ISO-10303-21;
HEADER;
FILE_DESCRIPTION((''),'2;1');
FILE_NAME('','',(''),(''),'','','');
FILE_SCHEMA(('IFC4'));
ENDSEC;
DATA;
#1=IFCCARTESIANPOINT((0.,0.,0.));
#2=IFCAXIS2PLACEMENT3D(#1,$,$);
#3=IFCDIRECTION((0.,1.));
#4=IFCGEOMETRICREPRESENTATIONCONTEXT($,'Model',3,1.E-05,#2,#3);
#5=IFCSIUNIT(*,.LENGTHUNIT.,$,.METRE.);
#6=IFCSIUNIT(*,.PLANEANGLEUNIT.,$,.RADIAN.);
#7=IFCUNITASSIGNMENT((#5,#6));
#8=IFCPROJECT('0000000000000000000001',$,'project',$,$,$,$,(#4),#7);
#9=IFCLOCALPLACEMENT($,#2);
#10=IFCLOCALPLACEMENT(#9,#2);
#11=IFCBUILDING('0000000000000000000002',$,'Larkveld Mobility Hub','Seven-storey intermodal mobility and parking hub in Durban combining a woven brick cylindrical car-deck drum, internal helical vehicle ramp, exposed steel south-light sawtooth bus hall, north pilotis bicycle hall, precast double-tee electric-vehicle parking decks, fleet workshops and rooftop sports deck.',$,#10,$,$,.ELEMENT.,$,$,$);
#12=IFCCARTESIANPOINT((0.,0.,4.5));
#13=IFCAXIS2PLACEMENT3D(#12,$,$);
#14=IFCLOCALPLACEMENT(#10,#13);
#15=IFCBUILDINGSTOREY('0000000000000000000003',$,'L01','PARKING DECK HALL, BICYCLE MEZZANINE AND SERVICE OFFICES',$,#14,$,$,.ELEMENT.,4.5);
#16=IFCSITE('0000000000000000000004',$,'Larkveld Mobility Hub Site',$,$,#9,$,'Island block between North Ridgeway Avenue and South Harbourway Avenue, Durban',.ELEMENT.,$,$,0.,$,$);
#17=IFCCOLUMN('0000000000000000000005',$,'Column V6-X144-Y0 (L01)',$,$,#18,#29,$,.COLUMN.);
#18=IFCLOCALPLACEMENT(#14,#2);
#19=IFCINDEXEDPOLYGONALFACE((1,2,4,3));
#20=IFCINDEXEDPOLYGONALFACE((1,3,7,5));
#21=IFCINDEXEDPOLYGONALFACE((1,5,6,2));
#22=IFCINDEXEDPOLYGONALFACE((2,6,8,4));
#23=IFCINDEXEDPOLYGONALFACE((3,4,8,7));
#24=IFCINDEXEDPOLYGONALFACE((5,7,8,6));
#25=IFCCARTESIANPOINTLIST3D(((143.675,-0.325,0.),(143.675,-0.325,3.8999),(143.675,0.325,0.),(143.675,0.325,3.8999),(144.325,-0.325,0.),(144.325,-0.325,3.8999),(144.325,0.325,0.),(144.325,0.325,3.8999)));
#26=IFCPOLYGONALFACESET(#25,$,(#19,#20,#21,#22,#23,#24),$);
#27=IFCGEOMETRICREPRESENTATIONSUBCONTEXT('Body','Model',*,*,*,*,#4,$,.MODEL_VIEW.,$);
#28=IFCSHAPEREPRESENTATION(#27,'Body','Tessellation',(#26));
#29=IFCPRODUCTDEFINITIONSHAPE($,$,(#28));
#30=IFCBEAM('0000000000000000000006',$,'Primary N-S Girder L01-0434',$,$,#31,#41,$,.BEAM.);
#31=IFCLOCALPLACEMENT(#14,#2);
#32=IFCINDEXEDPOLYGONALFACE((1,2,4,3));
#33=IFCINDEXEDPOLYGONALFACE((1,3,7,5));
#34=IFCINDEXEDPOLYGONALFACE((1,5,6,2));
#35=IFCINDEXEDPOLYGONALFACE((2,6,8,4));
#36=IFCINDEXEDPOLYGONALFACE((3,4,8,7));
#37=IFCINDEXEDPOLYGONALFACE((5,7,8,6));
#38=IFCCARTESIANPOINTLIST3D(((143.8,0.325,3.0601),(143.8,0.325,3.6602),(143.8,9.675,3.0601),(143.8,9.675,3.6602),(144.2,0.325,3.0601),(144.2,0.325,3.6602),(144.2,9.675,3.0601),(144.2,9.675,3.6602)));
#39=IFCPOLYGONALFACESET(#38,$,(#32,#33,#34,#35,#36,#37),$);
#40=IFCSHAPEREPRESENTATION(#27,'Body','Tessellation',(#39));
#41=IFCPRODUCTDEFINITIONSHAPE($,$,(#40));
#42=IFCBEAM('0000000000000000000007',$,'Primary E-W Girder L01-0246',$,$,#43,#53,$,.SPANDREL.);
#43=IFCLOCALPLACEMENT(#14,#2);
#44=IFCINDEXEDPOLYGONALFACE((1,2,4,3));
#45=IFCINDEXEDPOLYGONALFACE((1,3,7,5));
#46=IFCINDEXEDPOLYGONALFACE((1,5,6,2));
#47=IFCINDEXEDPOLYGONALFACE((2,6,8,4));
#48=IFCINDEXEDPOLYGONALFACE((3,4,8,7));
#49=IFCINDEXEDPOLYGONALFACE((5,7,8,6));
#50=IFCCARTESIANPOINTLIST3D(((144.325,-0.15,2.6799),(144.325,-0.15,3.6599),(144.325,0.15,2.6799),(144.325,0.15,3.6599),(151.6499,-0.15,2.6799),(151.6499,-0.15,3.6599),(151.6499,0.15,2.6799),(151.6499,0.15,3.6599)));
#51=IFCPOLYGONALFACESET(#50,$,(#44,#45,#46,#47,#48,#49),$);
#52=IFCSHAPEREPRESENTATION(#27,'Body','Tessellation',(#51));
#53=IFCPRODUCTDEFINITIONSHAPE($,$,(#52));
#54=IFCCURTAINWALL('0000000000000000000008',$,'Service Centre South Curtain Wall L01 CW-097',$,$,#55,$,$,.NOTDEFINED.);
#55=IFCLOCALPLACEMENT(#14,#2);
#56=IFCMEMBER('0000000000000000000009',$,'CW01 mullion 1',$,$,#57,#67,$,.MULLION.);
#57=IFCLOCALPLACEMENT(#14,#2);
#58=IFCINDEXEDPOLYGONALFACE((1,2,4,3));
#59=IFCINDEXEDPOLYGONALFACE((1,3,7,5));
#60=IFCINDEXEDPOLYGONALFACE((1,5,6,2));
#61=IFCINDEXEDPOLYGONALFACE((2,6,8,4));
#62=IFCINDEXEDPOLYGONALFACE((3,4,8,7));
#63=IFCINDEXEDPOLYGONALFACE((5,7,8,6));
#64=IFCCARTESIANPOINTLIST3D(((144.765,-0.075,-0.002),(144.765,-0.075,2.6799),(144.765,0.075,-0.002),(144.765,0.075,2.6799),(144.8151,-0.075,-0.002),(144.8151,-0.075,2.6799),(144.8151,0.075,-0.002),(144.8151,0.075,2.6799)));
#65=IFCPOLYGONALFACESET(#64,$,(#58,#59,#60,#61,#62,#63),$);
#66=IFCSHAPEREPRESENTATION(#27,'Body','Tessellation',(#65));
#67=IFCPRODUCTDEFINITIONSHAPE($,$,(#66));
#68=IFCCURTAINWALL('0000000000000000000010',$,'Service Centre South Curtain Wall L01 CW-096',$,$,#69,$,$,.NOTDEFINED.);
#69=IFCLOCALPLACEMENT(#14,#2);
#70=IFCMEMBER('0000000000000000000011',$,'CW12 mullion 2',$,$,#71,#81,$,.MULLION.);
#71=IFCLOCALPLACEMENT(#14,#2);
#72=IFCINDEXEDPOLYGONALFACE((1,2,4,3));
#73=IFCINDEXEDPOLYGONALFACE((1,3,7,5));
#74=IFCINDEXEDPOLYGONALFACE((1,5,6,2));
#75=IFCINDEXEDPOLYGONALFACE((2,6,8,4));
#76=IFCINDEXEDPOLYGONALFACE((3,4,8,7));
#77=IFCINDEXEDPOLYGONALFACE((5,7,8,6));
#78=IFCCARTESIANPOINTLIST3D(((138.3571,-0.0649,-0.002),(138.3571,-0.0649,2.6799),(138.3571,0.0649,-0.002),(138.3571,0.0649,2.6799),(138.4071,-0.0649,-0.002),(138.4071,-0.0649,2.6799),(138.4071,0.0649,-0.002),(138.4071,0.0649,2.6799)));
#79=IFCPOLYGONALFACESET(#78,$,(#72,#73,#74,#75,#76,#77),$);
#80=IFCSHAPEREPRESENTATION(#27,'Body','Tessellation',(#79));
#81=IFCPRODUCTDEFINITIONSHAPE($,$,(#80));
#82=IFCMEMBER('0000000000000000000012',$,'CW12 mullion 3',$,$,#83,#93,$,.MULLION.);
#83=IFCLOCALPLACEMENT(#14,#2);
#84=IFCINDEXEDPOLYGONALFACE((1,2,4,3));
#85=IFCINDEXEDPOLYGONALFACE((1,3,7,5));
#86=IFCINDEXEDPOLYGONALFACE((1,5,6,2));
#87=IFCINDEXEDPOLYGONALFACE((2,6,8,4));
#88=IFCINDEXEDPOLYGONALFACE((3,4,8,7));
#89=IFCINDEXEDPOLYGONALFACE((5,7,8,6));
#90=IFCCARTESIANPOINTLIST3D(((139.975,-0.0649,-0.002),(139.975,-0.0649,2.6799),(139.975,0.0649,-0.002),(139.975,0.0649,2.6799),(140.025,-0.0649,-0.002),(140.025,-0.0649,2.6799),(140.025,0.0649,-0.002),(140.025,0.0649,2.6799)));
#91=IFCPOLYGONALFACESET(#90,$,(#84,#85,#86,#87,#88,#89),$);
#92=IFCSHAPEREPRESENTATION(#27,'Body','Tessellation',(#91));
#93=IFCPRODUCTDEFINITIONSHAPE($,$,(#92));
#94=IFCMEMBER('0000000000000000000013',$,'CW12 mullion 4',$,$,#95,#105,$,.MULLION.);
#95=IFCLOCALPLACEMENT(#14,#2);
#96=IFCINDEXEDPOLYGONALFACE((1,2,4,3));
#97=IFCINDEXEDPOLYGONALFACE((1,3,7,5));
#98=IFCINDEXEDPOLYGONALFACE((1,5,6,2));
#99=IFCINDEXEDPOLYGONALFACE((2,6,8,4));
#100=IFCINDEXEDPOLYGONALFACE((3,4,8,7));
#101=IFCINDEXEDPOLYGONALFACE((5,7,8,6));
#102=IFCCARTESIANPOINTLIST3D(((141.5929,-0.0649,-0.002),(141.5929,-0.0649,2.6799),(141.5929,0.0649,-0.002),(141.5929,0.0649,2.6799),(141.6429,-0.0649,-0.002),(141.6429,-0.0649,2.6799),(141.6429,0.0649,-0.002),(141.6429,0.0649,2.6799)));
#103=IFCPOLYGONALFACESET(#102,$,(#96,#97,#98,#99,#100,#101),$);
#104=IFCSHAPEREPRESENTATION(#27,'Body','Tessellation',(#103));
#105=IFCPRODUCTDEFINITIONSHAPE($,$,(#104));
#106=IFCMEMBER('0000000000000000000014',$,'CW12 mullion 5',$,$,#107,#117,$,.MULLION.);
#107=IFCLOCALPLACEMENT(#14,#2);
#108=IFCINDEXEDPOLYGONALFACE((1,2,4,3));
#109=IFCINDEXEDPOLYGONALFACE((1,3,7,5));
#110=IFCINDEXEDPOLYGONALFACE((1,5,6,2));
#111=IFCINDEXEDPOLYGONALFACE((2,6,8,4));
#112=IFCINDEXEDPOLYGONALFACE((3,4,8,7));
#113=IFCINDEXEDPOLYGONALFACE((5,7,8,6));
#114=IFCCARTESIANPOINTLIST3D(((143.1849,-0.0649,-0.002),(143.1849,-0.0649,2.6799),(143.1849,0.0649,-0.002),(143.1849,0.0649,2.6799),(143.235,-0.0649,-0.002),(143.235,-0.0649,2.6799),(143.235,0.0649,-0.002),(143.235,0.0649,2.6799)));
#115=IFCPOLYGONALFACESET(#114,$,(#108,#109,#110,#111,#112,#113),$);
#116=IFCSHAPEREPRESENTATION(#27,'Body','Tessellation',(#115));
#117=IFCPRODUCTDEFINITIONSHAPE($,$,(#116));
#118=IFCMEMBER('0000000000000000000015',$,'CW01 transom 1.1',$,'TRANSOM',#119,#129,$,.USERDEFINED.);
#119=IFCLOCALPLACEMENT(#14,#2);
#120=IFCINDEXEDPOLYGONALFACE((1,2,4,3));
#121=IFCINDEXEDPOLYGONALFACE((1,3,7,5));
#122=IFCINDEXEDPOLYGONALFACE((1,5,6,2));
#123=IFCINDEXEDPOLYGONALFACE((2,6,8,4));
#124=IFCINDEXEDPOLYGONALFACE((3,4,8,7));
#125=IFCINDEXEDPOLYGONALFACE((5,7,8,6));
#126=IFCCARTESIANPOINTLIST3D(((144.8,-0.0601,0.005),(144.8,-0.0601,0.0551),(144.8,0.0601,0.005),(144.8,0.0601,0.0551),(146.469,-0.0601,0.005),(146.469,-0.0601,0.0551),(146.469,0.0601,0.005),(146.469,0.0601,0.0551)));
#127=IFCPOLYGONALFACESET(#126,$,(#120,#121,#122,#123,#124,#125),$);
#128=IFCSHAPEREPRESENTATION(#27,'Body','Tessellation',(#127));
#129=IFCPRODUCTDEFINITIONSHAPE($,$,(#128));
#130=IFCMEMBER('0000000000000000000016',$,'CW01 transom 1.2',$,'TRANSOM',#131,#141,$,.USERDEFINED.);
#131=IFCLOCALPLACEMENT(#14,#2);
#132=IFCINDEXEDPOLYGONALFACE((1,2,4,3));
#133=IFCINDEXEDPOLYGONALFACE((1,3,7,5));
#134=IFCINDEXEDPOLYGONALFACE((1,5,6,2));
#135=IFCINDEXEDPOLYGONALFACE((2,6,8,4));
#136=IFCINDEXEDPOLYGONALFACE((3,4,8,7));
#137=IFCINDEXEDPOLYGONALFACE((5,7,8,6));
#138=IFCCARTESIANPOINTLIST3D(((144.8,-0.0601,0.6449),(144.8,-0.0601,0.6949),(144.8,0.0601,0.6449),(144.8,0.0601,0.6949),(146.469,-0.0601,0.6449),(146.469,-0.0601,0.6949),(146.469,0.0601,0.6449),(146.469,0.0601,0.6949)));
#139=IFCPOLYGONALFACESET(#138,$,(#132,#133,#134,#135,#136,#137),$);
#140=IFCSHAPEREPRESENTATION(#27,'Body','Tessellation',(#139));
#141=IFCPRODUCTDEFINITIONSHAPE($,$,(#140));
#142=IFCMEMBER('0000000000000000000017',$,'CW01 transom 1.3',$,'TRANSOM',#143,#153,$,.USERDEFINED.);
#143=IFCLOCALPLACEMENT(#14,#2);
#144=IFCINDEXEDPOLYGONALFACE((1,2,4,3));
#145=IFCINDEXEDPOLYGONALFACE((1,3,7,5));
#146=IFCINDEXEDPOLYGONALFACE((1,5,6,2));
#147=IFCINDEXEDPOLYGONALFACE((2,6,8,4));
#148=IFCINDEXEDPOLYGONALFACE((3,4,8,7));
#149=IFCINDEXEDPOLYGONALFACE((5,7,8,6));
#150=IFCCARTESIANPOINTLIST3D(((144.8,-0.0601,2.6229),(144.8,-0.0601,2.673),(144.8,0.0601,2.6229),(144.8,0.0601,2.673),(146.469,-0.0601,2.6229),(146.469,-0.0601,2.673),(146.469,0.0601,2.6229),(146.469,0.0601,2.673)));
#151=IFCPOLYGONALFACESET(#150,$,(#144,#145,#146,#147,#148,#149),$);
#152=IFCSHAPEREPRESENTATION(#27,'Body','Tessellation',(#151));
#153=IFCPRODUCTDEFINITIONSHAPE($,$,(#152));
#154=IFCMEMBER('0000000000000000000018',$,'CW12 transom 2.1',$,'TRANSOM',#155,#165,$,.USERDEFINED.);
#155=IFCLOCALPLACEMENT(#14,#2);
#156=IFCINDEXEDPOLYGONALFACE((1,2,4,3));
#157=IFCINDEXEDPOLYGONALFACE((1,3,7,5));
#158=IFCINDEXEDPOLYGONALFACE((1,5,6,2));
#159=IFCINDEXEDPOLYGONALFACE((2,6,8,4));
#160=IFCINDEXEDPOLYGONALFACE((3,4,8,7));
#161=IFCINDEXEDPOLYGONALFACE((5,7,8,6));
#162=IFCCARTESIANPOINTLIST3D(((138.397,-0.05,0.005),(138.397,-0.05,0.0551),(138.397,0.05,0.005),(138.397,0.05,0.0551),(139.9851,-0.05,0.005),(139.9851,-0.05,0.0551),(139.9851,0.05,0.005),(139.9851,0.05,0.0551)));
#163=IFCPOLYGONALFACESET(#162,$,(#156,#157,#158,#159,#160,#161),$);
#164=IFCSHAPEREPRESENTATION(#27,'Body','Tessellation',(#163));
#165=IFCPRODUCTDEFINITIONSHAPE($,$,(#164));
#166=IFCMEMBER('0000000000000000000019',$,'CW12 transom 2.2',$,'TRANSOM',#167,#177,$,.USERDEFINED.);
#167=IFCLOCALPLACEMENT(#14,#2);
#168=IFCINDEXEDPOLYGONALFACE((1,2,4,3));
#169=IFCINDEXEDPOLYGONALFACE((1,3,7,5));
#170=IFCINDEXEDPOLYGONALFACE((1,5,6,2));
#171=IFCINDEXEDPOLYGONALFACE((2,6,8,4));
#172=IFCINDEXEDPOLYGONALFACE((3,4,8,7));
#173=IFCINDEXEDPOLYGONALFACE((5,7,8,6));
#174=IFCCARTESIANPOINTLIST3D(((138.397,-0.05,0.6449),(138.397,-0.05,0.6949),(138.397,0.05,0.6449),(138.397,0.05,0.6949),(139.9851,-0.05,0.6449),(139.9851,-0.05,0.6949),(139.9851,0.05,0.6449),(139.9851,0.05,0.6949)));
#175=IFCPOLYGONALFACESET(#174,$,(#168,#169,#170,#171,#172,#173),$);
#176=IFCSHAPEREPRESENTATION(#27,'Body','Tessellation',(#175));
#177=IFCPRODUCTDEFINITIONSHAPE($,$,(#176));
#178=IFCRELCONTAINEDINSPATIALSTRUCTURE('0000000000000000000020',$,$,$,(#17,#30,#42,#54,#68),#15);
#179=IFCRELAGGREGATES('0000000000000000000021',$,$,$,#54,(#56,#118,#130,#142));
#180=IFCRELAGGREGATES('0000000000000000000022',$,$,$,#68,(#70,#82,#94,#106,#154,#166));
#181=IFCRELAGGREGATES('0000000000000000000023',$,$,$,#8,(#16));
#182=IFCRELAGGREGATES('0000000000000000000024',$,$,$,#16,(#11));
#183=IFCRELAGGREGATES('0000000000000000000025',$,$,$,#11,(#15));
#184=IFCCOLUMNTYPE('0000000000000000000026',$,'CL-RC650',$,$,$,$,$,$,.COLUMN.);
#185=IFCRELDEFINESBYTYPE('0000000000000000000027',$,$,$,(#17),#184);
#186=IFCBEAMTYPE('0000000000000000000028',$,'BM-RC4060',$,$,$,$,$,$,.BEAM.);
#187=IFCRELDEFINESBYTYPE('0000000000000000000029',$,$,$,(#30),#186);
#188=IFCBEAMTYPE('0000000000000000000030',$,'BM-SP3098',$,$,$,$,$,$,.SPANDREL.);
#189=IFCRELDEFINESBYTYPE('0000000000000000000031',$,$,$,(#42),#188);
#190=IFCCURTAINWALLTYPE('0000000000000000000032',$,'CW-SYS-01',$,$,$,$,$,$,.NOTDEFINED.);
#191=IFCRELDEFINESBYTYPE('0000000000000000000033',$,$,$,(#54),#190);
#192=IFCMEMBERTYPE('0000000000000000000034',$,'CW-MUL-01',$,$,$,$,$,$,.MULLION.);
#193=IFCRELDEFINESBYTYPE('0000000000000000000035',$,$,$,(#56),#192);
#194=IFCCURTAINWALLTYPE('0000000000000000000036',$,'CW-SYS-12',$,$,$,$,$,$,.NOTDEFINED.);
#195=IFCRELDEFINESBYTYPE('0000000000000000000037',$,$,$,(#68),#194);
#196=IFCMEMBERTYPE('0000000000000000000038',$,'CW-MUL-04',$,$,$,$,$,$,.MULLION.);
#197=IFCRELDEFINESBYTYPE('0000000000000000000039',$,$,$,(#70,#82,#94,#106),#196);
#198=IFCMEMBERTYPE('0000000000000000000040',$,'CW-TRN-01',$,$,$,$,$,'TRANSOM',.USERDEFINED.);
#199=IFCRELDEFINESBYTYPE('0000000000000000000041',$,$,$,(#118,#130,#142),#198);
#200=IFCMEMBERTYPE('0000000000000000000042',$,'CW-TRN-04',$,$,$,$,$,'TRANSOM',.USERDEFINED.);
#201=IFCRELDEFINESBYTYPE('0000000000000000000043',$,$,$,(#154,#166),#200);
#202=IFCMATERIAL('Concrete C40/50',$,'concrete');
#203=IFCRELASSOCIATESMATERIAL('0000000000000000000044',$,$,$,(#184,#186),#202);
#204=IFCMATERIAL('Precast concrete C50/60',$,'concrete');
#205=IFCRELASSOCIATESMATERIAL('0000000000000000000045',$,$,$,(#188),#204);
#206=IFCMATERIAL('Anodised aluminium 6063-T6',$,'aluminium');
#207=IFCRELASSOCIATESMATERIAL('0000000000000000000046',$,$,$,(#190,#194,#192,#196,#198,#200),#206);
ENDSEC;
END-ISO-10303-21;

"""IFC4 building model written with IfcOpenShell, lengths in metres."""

from ifc_helpers import new_model, si_unit, direction, frame, origin, origin_2d, place, context, subcontext, project, spatial, rectangle, extrude, material, material_profile, profile_set, type_object, element, aggregate, save


model = new_model("IFC4")

# Units and contexts
model_context = context("Model", 3, precision=1e-05, world=origin(), true_north=direction((0.0, 1.0)))
body_context = subcontext(model_context, "Body", "Model", "MODEL_VIEW")
ifc_project = project(units=[si_unit("LENGTHUNIT", "METRE"), si_unit("PLANEANGLEUNIT", "RADIAN")], contexts=[model_context])

# Site, building, storey
site_placement = place(None, origin())
site = spatial("IfcSite", under=ifc_project, at=site_placement, Name="Larkveld Mobility Hub Site", LongName="Island block between North Ridgeway Avenue and South Harbourway Avenue, Durban", CompositionType="ELEMENT", RefElevation=0.0)
building_placement = place(site_placement, origin())
building = spatial("IfcBuilding", under=site, at=building_placement, Name="Larkveld Mobility Hub", Description="Seven-storey intermodal mobility and parking hub in Durban combining a woven brick cylindrical car-deck drum, internal helical vehicle ramp, exposed steel south-light sawtooth bus hall, north pilotis bicycle hall, precast double-tee electric-vehicle parking decks, fleet workshops and rooftop sports deck.", CompositionType="ELEMENT")
storey_placement = place(building_placement, frame((0.0, 0.0, 4.5)))
storey = spatial("IfcBuildingStorey", under=building, at=storey_placement, Name="L01", Description="PARKING DECK HALL, BICYCLE MEZZANINE AND SERVICE OFFICES", CompositionType="ELEMENT", Elevation=4.5)

# Column
ifc_material_1 = material(Name="Concrete C40/50", Category="concrete")
ifc_material_profile_1 = material_profile(ifc_material_1, rectangle(XDim=0.6499, YDim=0.6499, at=origin_2d()), Name="RC COL 650x650")
ifc_profile_set_1 = profile_set([ifc_material_profile_1], Name="Concrete C40/50")
column_type = type_object("IfcColumnType", Name="CL-RC650", PredefinedType="COLUMN", material=ifc_profile_set_1)
column_placement = place(storey_placement, frame((144.0, 0.0, 0.0), z_axis=(0.0, 0.0, 1.0), x_axis=(1.0, 0.0, 0.0)))
element("IfcColumn", 1, at=column_placement, inside=storey, type_object=column_type, Name="Column V6-X144-Y0 (L01)", PredefinedType="COLUMN", context=body_context, shape_type="SweptSolid", body=[
    extrude(rectangle(XDim=0.6499, YDim=0.6499, at=origin_2d()), origin(), (0.0, 0.0, 1.0), 3.8999),
])

# Beams
ifc_material_profile_2 = material_profile(ifc_material_1, rectangle(XDim=0.3999, YDim=0.6001, at=origin_2d()), Name="RC BM 400x600")
ifc_profile_set_2 = profile_set([ifc_material_profile_2], Name="Concrete C40/50")
beam_type_1 = type_object("IfcBeamType", Name="BM-RC4060", PredefinedType="BEAM", material=ifc_profile_set_2)
beam_1_placement = place(storey_placement, frame((144.0, 0.325, 3.3601), z_axis=(0.0, 1.0, 0.0), x_axis=(-1.0, 0.0, 0.0)))
element("IfcBeam", 2, at=beam_1_placement, inside=storey, type_object=beam_type_1, Name="Primary N-S Girder L01-0434", PredefinedType="BEAM", context=body_context, shape_type="SweptSolid", body=[
    extrude(rectangle(XDim=0.3999, YDim=0.6001, at=origin_2d()), origin(), (0.0, 0.0, 1.0), 9.3501),
])
ifc_material_2 = material(Name="Precast concrete C50/60", Category="concrete")
ifc_material_profile_3 = material_profile(ifc_material_2, rectangle(XDim=0.3, YDim=0.98, at=origin_2d()), Name="PC SP 300x980")
ifc_profile_set_3 = profile_set([ifc_material_profile_3], Name="Precast concrete C50/60")
beam_type_2 = type_object("IfcBeamType", Name="BM-SP3098", PredefinedType="SPANDREL", material=ifc_profile_set_3)
beam_2_placement = place(storey_placement, frame((144.325, 0.0, 3.1699), z_axis=(1.0, 0.0, 0.0), x_axis=(0.0, 1.0, 0.0)))
element("IfcBeam", 3, at=beam_2_placement, inside=storey, type_object=beam_type_2, Name="Primary E-W Girder L01-0246", PredefinedType="SPANDREL", context=body_context, shape_type="SweptSolid", body=[
    extrude(rectangle(XDim=0.3, YDim=0.98, at=origin_2d()), origin(), (0.0, 0.0, 1.0), 7.325),
])

# Curtain wall, member
ifc_material_3 = material(Name="Anodised aluminium 6063-T6", Category="aluminium")
curtain_wall_type_1 = type_object("IfcCurtainWallType", Name="CW-SYS-01", PredefinedType="NOTDEFINED", material=ifc_material_3)
curtain_wall_1_placement = place(storey_placement, origin())
curtain_wall_1 = element("IfcCurtainWall", 4, at=curtain_wall_1_placement, inside=storey, type_object=curtain_wall_type_1, Name="Service Centre South Curtain Wall L01 CW-097", PredefinedType="NOTDEFINED")
ifc_material_profile_4 = material_profile(ifc_material_3, rectangle(XDim=0.05, YDim=0.1499, at=origin_2d()), Name="ALU MULL 50x150")
ifc_profile_set_4 = profile_set([ifc_material_profile_4], Name="Anodised aluminium 6063-T6")
member_type_1 = type_object("IfcMemberType", Name="CW-MUL-01", PredefinedType="MULLION", material=ifc_profile_set_4)
member_1_placement = place(storey_placement, frame((144.79, 0.0, -0.002), z_axis=(0.0, 0.0, 1.0), x_axis=(1.0, 0.0, 0.0)))
member_1 = element("IfcMember", 5, at=member_1_placement, type_object=member_type_1, Name="CW01 mullion 1", PredefinedType="MULLION", context=body_context, shape_type="SweptSolid", body=[
    extrude(rectangle(XDim=0.05, YDim=0.1499, at=origin_2d()), origin(), (0.0, 0.0, 1.0), 2.6819),
])

# Curtain wall, members
curtain_wall_type_2 = type_object("IfcCurtainWallType", Name="CW-SYS-12", PredefinedType="NOTDEFINED", material=ifc_material_3)
curtain_wall_2_placement = place(storey_placement, origin())
curtain_wall_2 = element("IfcCurtainWall", 6, at=curtain_wall_2_placement, inside=storey, type_object=curtain_wall_type_2, Name="Service Centre South Curtain Wall L01 CW-096", PredefinedType="NOTDEFINED")
ifc_material_profile_5 = material_profile(ifc_material_3, rectangle(XDim=0.05, YDim=0.1299, at=origin_2d()), Name="ALU MULL 50x130")
ifc_profile_set_5 = profile_set([ifc_material_profile_5], Name="Anodised aluminium 6063-T6")
member_type_2 = type_object("IfcMemberType", Name="CW-MUL-04", PredefinedType="MULLION", material=ifc_profile_set_5)
member_2_placement = place(storey_placement, frame((138.3821, 0.0, -0.002), z_axis=(0.0, 0.0, 1.0), x_axis=(1.0, 0.0, 0.0)))
member_2 = element("IfcMember", 7, at=member_2_placement, type_object=member_type_2, Name="CW12 mullion 2", PredefinedType="MULLION", context=body_context, shape_type="SweptSolid", body=[
    extrude(rectangle(XDim=0.05, YDim=0.1299, at=origin_2d()), origin(), (0.0, 0.0, 1.0), 2.6819),
])
member_3_placement = place(storey_placement, frame((140.0, 0.0, -0.002), z_axis=(0.0, 0.0, 1.0), x_axis=(1.0, 0.0, 0.0)))
member_3 = element("IfcMember", 8, at=member_3_placement, type_object=member_type_2, Name="CW12 mullion 3", PredefinedType="MULLION", context=body_context, shape_type="SweptSolid", body=[
    extrude(rectangle(XDim=0.05, YDim=0.1299, at=origin_2d()), origin(), (0.0, 0.0, 1.0), 2.6819),
])
member_4_placement = place(storey_placement, frame((141.6179, 0.0, -0.002), z_axis=(0.0, 0.0, 1.0), x_axis=(1.0, 0.0, 0.0)))
member_4 = element("IfcMember", 9, at=member_4_placement, type_object=member_type_2, Name="CW12 mullion 4", PredefinedType="MULLION", context=body_context, shape_type="SweptSolid", body=[
    extrude(rectangle(XDim=0.05, YDim=0.1299, at=origin_2d()), origin(), (0.0, 0.0, 1.0), 2.6819),
])
member_5_placement = place(storey_placement, frame((143.21, 0.0, -0.002), z_axis=(0.0, 0.0, 1.0), x_axis=(1.0, 0.0, 0.0)))
member_5 = element("IfcMember", 10, at=member_5_placement, type_object=member_type_2, Name="CW12 mullion 5", PredefinedType="MULLION", context=body_context, shape_type="SweptSolid", body=[
    extrude(rectangle(XDim=0.05, YDim=0.1299, at=origin_2d()), origin(), (0.0, 0.0, 1.0), 2.6819),
])

# Members
ifc_material_profile_6 = material_profile(ifc_material_3, rectangle(XDim=0.1201, YDim=0.05, at=origin_2d()), Name="ALU TRAN 50x120")
ifc_profile_set_6 = profile_set([ifc_material_profile_6], Name="Anodised aluminium 6063-T6")
member_type_3 = type_object("IfcMemberType", Name="CW-TRN-01", ElementType="TRANSOM", PredefinedType="USERDEFINED", material=ifc_profile_set_6)
member_6_placement = place(storey_placement, frame((144.8, 0.0, 0.03), z_axis=(1.0, 0.0, 0.0), x_axis=(0.0, 1.0, 0.0)))
member_6 = element("IfcMember", 11, at=member_6_placement, type_object=member_type_3, Name="CW01 transom 1.1", ObjectType="TRANSOM", PredefinedType="USERDEFINED", context=body_context, shape_type="SweptSolid", body=[
    extrude(rectangle(XDim=0.1201, YDim=0.05, at=origin_2d()), origin(), (0.0, 0.0, 1.0), 1.6689),
])
member_7_placement = place(storey_placement, frame((144.8, 0.0, 0.6699), z_axis=(1.0, 0.0, 0.0), x_axis=(0.0, 1.0, 0.0)))
member_7 = element("IfcMember", 12, at=member_7_placement, type_object=member_type_3, Name="CW01 transom 1.2", ObjectType="TRANSOM", PredefinedType="USERDEFINED", context=body_context, shape_type="SweptSolid", body=[
    extrude(rectangle(XDim=0.1201, YDim=0.05, at=origin_2d()), origin(), (0.0, 0.0, 1.0), 1.6689),
])
member_8_placement = place(storey_placement, frame((144.8, 0.0, 2.6479), z_axis=(1.0, 0.0, 0.0), x_axis=(0.0, 1.0, 0.0)))
member_8 = element("IfcMember", 13, at=member_8_placement, type_object=member_type_3, Name="CW01 transom 1.3", ObjectType="TRANSOM", PredefinedType="USERDEFINED", context=body_context, shape_type="SweptSolid", body=[
    extrude(rectangle(XDim=0.1201, YDim=0.05, at=origin_2d()), origin(), (0.0, 0.0, 1.0), 1.6689),
])
ifc_material_profile_7 = material_profile(ifc_material_3, rectangle(XDim=0.1001, YDim=0.05, at=origin_2d()), Name="ALU TRAN 50x100")
ifc_profile_set_7 = profile_set([ifc_material_profile_7], Name="Anodised aluminium 6063-T6")
member_type_4 = type_object("IfcMemberType", Name="CW-TRN-04", ElementType="TRANSOM", PredefinedType="USERDEFINED", material=ifc_profile_set_7)
member_9_placement = place(storey_placement, frame((138.397, 0.0, 0.03), z_axis=(1.0, 0.0, 0.0), x_axis=(0.0, 1.0, 0.0)))
member_9 = element("IfcMember", 14, at=member_9_placement, type_object=member_type_4, Name="CW12 transom 2.1", ObjectType="TRANSOM", PredefinedType="USERDEFINED", context=body_context, shape_type="SweptSolid", body=[
    extrude(rectangle(XDim=0.1001, YDim=0.05, at=origin_2d()), origin(), (0.0, 0.0, 1.0), 1.5881),
])
member_10_placement = place(storey_placement, frame((138.397, 0.0, 0.6699), z_axis=(1.0, 0.0, 0.0), x_axis=(0.0, 1.0, 0.0)))
member_10 = element("IfcMember", 15, at=member_10_placement, type_object=member_type_4, Name="CW12 transom 2.2", ObjectType="TRANSOM", PredefinedType="USERDEFINED", context=body_context, shape_type="SweptSolid", body=[
    extrude(rectangle(XDim=0.1001, YDim=0.05, at=origin_2d()), origin(), (0.0, 0.0, 1.0), 1.5881),
])

aggregate(curtain_wall_1, [member_1, member_6, member_7, member_8])
aggregate(curtain_wall_2, [member_2, member_3, member_4, member_5, member_9, member_10])

save(model, "model.ifc")
